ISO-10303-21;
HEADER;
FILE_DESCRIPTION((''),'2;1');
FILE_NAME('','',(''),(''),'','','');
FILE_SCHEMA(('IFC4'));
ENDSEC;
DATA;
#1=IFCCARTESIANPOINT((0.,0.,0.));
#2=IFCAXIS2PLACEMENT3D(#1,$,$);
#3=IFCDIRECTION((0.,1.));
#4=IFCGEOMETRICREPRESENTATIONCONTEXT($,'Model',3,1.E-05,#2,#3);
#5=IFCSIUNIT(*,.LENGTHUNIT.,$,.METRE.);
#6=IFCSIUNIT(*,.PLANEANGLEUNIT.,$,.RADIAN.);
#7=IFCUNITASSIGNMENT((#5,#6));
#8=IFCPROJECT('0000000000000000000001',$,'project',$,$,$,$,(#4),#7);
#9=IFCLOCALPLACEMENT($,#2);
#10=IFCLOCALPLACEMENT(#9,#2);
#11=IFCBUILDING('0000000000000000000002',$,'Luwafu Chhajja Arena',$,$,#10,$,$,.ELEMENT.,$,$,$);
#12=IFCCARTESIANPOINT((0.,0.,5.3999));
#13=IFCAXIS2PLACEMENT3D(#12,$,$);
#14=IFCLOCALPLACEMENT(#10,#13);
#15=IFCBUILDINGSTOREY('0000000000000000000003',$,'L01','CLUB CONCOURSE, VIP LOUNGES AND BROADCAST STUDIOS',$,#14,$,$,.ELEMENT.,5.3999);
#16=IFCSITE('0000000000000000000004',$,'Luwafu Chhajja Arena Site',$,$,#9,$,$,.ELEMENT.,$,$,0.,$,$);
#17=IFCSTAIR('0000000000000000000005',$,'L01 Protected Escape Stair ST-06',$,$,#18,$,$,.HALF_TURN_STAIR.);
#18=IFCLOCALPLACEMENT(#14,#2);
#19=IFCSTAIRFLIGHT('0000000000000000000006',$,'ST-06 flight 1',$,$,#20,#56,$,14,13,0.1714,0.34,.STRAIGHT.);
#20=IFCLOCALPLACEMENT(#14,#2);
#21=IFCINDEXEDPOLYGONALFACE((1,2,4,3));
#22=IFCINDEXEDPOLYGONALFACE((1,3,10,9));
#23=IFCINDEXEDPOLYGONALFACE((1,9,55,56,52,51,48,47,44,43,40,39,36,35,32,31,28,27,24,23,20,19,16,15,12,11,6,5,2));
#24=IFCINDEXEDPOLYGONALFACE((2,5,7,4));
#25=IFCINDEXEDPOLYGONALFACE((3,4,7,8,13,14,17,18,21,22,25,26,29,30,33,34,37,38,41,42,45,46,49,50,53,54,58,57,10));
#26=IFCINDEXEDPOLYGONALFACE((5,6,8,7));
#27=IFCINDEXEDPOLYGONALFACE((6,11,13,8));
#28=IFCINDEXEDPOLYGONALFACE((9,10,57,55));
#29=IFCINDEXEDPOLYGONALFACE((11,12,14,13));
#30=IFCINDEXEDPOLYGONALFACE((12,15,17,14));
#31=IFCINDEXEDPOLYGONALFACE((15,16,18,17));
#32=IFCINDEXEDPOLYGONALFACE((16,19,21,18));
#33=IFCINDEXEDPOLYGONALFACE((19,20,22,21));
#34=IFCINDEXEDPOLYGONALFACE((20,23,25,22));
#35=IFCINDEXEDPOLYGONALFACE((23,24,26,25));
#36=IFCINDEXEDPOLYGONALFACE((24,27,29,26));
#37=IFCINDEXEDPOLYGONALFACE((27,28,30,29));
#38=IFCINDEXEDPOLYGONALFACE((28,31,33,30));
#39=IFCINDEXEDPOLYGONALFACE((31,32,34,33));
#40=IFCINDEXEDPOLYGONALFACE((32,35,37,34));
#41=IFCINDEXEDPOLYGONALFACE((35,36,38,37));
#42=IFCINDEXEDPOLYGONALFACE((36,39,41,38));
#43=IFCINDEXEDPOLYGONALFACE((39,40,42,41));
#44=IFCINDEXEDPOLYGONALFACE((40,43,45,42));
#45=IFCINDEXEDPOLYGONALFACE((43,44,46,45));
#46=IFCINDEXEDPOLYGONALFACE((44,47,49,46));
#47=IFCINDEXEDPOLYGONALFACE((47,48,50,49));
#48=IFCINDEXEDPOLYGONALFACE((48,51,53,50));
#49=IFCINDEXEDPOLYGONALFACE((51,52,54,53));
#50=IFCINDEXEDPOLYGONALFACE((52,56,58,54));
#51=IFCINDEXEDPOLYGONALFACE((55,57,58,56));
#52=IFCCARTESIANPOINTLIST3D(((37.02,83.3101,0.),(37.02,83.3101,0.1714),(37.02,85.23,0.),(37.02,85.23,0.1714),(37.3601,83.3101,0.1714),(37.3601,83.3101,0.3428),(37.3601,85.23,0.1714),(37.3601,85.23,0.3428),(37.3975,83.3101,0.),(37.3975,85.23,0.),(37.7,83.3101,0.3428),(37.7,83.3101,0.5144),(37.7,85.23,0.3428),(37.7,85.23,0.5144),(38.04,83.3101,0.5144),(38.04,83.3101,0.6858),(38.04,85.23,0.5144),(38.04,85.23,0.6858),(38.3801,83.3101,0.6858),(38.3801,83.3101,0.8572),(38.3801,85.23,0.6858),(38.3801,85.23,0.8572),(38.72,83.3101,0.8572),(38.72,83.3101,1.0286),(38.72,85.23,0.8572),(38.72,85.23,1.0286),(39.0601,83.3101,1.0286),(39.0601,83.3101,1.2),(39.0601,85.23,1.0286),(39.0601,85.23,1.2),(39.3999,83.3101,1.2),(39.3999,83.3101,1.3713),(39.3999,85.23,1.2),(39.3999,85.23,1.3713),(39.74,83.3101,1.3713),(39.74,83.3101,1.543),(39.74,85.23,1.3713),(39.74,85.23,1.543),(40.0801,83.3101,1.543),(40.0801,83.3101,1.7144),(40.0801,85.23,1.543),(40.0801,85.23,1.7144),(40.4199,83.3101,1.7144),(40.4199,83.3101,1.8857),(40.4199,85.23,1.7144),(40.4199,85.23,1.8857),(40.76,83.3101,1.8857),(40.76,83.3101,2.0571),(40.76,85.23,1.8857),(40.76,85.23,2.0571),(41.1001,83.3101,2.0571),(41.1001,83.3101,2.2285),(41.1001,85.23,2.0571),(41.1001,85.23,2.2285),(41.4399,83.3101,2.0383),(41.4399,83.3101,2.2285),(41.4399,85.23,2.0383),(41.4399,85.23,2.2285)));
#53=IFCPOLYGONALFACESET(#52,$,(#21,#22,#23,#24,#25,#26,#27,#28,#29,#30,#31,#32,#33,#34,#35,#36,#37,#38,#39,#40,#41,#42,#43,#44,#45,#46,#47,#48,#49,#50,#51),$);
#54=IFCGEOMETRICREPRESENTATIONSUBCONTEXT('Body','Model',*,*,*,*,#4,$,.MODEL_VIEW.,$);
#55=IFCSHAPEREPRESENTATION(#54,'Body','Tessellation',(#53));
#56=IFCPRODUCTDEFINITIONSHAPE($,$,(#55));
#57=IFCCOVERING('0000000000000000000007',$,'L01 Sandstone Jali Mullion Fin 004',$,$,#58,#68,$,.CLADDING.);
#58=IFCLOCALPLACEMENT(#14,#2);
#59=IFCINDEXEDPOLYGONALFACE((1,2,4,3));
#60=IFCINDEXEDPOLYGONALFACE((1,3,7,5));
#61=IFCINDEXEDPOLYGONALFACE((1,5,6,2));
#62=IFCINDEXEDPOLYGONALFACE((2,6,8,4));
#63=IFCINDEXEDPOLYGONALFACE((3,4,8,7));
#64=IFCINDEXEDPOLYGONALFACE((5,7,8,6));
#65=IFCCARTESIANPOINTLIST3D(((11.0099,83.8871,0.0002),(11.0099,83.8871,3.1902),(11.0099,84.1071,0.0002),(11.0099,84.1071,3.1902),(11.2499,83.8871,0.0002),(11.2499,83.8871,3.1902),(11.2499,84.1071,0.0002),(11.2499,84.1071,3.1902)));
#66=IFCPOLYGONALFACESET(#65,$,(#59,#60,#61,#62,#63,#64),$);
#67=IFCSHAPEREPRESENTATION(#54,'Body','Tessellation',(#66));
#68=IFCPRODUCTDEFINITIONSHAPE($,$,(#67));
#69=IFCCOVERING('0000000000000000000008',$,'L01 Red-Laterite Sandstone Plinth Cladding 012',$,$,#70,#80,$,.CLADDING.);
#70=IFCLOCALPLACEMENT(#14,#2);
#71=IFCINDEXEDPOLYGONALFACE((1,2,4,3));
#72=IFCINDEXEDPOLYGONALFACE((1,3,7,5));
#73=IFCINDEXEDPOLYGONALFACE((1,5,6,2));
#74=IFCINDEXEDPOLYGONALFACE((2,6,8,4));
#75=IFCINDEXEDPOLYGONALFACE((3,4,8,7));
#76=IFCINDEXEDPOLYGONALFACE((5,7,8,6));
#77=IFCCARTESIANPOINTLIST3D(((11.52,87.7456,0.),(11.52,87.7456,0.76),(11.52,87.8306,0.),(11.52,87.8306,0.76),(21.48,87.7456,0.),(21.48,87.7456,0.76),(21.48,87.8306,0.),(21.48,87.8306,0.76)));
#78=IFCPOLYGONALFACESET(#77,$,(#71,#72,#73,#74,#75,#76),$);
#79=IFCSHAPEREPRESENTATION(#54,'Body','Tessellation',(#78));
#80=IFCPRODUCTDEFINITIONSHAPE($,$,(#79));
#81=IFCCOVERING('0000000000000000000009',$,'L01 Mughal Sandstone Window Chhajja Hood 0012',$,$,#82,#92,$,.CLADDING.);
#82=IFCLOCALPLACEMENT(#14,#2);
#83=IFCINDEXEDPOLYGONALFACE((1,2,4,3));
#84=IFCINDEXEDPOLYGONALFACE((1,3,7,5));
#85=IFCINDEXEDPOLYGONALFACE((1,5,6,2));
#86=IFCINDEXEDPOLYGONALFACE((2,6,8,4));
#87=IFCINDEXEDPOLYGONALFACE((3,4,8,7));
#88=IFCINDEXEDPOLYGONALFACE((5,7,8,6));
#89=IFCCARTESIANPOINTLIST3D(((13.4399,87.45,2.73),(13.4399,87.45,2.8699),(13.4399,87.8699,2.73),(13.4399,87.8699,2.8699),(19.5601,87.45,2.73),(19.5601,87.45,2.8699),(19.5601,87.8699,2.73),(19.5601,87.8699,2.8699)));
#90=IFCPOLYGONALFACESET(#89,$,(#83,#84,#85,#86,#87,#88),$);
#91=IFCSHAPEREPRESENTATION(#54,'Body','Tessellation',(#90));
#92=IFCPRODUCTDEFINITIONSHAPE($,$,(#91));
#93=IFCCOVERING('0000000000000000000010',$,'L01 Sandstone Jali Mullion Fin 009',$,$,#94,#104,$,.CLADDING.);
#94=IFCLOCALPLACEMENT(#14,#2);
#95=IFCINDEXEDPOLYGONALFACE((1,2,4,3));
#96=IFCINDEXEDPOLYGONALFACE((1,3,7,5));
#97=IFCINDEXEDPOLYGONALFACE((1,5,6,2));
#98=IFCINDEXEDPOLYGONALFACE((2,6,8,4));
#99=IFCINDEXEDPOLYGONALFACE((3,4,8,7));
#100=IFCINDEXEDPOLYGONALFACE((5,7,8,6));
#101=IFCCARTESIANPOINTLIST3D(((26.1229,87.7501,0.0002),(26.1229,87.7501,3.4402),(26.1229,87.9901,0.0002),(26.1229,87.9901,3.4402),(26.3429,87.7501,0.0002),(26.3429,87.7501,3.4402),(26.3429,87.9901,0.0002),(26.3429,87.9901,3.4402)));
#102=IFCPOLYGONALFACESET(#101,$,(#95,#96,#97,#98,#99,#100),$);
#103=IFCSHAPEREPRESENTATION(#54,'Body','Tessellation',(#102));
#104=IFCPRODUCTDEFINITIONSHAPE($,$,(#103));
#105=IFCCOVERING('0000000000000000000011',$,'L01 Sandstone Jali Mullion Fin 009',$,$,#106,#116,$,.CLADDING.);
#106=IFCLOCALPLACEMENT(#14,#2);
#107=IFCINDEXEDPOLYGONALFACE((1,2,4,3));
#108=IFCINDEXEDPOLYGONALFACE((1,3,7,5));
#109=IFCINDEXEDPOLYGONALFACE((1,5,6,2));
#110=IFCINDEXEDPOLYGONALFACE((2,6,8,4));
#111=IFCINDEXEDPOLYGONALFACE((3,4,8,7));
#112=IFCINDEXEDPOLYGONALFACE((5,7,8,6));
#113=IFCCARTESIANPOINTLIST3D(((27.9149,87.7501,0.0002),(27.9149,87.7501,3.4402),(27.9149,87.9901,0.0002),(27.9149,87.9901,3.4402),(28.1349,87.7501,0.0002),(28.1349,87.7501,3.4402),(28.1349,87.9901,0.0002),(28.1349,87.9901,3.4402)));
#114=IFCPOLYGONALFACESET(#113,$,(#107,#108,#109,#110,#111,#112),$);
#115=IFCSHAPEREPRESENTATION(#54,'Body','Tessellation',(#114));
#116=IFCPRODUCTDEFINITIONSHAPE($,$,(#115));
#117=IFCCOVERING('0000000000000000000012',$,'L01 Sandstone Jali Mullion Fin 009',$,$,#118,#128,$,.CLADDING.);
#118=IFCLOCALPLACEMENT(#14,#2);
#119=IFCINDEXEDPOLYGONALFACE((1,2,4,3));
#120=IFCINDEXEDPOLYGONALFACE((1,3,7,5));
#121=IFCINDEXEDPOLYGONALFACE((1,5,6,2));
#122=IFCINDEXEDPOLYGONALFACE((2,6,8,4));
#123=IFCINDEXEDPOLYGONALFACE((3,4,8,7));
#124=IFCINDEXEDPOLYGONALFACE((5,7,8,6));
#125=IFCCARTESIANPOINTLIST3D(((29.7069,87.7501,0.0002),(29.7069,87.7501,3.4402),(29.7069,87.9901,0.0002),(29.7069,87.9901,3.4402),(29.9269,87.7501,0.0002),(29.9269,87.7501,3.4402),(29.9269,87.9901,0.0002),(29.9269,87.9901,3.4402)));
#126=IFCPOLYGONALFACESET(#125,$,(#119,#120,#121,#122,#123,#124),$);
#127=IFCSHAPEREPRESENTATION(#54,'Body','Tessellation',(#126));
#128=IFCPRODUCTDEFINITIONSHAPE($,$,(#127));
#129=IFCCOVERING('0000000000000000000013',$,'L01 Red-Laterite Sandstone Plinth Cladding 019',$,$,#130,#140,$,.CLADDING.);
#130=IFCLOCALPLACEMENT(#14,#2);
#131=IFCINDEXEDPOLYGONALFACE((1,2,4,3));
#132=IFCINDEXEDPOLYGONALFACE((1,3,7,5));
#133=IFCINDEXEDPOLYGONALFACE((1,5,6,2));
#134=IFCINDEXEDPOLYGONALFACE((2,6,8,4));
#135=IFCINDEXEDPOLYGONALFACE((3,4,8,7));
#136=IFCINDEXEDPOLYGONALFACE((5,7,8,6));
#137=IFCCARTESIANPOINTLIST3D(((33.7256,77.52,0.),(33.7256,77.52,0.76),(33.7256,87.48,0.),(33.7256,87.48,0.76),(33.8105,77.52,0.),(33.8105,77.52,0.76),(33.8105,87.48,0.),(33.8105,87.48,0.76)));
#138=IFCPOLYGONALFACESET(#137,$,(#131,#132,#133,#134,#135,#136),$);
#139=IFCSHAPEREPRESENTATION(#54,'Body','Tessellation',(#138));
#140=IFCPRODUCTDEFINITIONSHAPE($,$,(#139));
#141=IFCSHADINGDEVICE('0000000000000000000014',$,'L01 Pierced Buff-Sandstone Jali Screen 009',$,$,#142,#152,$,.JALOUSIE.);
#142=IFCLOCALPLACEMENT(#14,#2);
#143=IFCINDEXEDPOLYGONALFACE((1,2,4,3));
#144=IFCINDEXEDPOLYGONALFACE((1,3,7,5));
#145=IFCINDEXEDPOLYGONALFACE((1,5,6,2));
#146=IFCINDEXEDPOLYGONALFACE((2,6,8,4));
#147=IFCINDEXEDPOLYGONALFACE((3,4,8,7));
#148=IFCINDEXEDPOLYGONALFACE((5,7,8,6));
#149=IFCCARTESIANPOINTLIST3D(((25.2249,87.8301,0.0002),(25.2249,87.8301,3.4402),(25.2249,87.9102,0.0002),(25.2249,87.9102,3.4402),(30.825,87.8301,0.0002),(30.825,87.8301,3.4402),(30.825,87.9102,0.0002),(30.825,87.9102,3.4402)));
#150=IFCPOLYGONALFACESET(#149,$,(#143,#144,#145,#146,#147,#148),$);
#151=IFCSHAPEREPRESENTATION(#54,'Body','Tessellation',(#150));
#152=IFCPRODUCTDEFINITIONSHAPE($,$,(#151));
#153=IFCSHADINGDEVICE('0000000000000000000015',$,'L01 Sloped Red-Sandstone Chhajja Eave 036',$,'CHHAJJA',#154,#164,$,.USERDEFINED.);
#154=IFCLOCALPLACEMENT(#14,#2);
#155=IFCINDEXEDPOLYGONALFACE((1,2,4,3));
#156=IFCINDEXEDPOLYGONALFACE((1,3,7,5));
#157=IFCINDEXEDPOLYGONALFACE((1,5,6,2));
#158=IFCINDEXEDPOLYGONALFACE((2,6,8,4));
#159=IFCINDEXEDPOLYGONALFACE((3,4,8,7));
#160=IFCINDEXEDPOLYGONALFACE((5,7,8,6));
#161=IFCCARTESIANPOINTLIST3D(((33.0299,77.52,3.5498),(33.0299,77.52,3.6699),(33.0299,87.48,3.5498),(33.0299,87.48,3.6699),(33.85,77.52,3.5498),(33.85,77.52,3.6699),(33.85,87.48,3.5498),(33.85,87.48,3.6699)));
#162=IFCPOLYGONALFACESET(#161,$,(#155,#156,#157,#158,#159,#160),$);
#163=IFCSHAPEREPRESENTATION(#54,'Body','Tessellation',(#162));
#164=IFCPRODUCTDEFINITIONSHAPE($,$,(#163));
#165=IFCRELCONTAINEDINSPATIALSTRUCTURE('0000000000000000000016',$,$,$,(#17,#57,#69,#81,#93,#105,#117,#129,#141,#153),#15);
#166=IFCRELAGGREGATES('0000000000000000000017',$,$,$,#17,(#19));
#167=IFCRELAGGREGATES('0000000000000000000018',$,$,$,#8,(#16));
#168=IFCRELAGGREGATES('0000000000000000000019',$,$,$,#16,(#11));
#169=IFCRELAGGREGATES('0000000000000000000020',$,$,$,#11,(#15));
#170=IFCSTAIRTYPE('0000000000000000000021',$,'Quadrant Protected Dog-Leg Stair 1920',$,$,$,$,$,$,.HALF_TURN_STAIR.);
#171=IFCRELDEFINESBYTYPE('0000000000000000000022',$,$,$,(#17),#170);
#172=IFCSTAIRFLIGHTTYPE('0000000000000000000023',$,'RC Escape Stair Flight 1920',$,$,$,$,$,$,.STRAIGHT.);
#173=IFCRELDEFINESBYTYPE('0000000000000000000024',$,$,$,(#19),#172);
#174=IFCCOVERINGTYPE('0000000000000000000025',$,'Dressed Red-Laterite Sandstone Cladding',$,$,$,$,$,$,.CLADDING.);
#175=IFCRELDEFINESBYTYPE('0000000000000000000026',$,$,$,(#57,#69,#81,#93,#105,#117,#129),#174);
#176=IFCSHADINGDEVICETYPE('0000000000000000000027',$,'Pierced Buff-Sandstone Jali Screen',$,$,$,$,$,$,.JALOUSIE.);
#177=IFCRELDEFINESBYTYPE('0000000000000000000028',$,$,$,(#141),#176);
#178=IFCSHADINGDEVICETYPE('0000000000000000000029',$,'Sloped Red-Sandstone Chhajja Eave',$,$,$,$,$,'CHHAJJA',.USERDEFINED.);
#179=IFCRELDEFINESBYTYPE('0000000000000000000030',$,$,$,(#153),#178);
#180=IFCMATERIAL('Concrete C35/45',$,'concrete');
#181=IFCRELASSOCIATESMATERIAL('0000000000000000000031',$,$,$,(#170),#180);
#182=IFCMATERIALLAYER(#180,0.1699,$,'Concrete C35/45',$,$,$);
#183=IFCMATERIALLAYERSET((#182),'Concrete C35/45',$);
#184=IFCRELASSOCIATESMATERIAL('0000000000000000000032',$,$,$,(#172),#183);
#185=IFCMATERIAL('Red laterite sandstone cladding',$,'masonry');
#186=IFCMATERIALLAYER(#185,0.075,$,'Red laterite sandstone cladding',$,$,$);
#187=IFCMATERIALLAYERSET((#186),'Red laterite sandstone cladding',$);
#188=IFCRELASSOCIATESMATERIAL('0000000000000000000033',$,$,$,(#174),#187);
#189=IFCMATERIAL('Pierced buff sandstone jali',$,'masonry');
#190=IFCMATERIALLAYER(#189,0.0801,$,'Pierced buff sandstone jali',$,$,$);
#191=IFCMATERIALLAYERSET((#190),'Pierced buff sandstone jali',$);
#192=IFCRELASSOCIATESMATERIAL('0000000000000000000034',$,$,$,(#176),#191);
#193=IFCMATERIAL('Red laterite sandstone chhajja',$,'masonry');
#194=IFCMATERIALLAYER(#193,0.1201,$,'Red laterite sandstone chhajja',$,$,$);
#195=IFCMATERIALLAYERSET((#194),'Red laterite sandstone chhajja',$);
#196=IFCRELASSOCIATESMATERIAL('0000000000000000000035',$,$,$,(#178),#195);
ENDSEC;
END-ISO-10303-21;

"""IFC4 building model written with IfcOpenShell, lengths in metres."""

from ifc_helpers import new_model, si_unit, direction, frame, origin, origin_2d, place, context, subcontext, project, spatial, polyline, rectangle, outline, extrude, material, layer, layer_set, type_object, element, aggregate, save


model = new_model("IFC4")

# Units and contexts
model_context = context("Model", 3, precision=1e-05, world=origin(), true_north=direction((0.0, 1.0)))
body_context = subcontext(model_context, "Body", "Model", "MODEL_VIEW")
ifc_project = project(units=[si_unit("LENGTHUNIT", "METRE"), si_unit("PLANEANGLEUNIT", "RADIAN")], contexts=[model_context])

# Site, building, storey
site_placement = place(None, origin())
site = spatial("IfcSite", under=ifc_project, at=site_placement, Name="Luwafu Chhajja Arena Site", CompositionType="ELEMENT", RefElevation=0.0)
building_placement = place(site_placement, origin())
building = spatial("IfcBuilding", under=site, at=building_placement, Name="Luwafu Chhajja Arena", CompositionType="ELEMENT")
storey_placement = place(building_placement, frame((0.0, 0.0, 5.3999)))
storey = spatial("IfcBuildingStorey", under=building, at=storey_placement, Name="L01", Description="CLUB CONCOURSE, VIP LOUNGES AND BROADCAST STUDIOS", CompositionType="ELEMENT", Elevation=5.3999)

# Shared definitions
ifc_material_1 = material(Name="Concrete C35/45", Category="concrete")

# Stair, stair flight
stair_type = type_object("IfcStairType", Name="Quadrant Protected Dog-Leg Stair 1920", PredefinedType="HALF_TURN_STAIR", material=ifc_material_1)
stair_placement = place(storey_placement, origin())
stair = element("IfcStair", 1, at=stair_placement, inside=storey, type_object=stair_type, Name="L01 Protected Escape Stair ST-06", PredefinedType="HALF_TURN_STAIR")
ifc_layer_1 = layer(ifc_material_1, 0.1699, Name="Concrete C35/45")
ifc_layer_set_1 = layer_set([ifc_layer_1], Name="Concrete C35/45")
stair_flight_type = type_object("IfcStairFlightType", Name="RC Escape Stair Flight 1920", PredefinedType="STRAIGHT", material=ifc_layer_set_1)
stair_flight_placement = place(storey_placement, frame((37.02, 84.27, 0.0), z_axis=(0.0, 0.0, 1.0), x_axis=(1.0, 0.0, 0.0)))
stair_flight = element("IfcStairFlight", 2, at=stair_flight_placement, type_object=stair_flight_type, Name="ST-06 flight 1", NumberOfRisers=14, NumberOfTreads=13, PredefinedType="STRAIGHT", RiserHeight=0.1714, TreadLength=0.34, context=body_context, shape_type="SweptSolid", body=[
    extrude(outline(polyline([(0.0, 0.0), (0.0, 0.1714), (0.3401, 0.1714), (0.3401, 0.3428), (0.6799, 0.3428), (0.6799, 0.5144), (1.02, 0.5144), (1.02, 0.6858), (1.3601, 0.6858), (1.3601, 0.8572), (1.7, 0.8572), (1.7, 1.0286), (2.04, 1.0286), (2.04, 1.2), (2.3799, 1.2), (2.3799, 1.3713), (2.72, 1.3713), (2.72, 1.543), (3.0601, 1.543), (3.0601, 1.7144), (3.3999, 1.7144), (3.3999, 1.8857), (3.74, 1.8857), (3.74, 2.0571), (4.0801, 2.0571), (4.0801, 2.2285), (4.4199, 2.2285), (4.4199, 2.3999), (4.4199, 2.0383), (0.3774, 0.0), (0.0, 0.0)])), frame((0.0, 0.96, 0.0), z_axis=(0.0, -1.0, 0.0), x_axis=(1.0, 0.0, 0.0)), (0.0, 0.0, 1.0), 1.9199),
])
aggregate(stair, [stair_flight])

# Coverings
ifc_material_2 = material(Name="Red laterite sandstone cladding", Category="masonry")
ifc_layer_2 = layer(ifc_material_2, 0.075, Name="Red laterite sandstone cladding")
ifc_layer_set_2 = layer_set([ifc_layer_2], Name="Red laterite sandstone cladding")
covering_type = type_object("IfcCoveringType", Name="Dressed Red-Laterite Sandstone Cladding", PredefinedType="CLADDING", material=ifc_layer_set_2)
covering_1_placement = place(storey_placement, frame((11.1299, 83.9971, 0.0002), z_axis=(0.0, 0.0, 1.0), x_axis=(0.0, 1.0, 0.0)))
element("IfcCovering", 3, at=covering_1_placement, inside=storey, type_object=covering_type, Name="L01 Sandstone Jali Mullion Fin 004", PredefinedType="CLADDING", context=body_context, shape_type="SweptSolid", body=[
    extrude(rectangle(XDim=0.22, YDim=0.24, at=origin_2d()), origin(), (0.0, 0.0, 1.0), 3.1899),
])
covering_2_placement = place(storey_placement, frame((16.5, 87.7881, 0.0), z_axis=(0.0, 0.0, 1.0), x_axis=(1.0, 0.0, 0.0)))
element("IfcCovering", 4, at=covering_2_placement, inside=storey, type_object=covering_type, Name="L01 Red-Laterite Sandstone Plinth Cladding 012", PredefinedType="CLADDING", context=body_context, shape_type="SweptSolid", body=[
    extrude(rectangle(XDim=9.96, YDim=0.085, at=origin_2d()), origin(), (0.0, 0.0, 1.0), 0.76),
])
covering_3_placement = place(storey_placement, frame((16.5, 87.6599, 2.73), z_axis=(0.0, 0.0, 1.0), x_axis=(1.0, 0.0, 0.0)))
element("IfcCovering", 5, at=covering_3_placement, inside=storey, type_object=covering_type, Name="L01 Mughal Sandstone Window Chhajja Hood 0012", PredefinedType="CLADDING", context=body_context, shape_type="SweptSolid", body=[
    extrude(rectangle(XDim=6.1201, YDim=0.4199, at=origin_2d()), origin(), (0.0, 0.0, 1.0), 0.1399),
])
for number, where, z_axis, x_axis, name in (
    (6, (26.2329, 87.8701, 0.0002), (0.0, 0.0, 1.0), (1.0, 0.0, 0.0), "L01 Sandstone Jali Mullion Fin 009"),
    (7, (28.0249, 87.8701, 0.0002), (0.0, 0.0, 1.0), (1.0, 0.0, 0.0), "L01 Sandstone Jali Mullion Fin 009"),
    (8, (29.8169, 87.8701, 0.0002), (0.0, 0.0, 1.0), (1.0, 0.0, 0.0), "L01 Sandstone Jali Mullion Fin 009"),
):
    element("IfcCovering", number, at=place(storey_placement, frame(where, z_axis=z_axis, x_axis=x_axis)), inside=storey, type_object=covering_type, Name=name, PredefinedType="CLADDING", context=body_context, shape_type="SweptSolid", body=[
        extrude(rectangle(XDim=0.22, YDim=0.24, at=origin_2d()), origin(), (0.0, 0.0, 1.0), 3.4399),
    ])
covering_4_placement = place(storey_placement, frame((33.7681, 82.5, 0.0), z_axis=(0.0, 0.0, 1.0), x_axis=(0.0, 1.0, 0.0)))
element("IfcCovering", 9, at=covering_4_placement, inside=storey, type_object=covering_type, Name="L01 Red-Laterite Sandstone Plinth Cladding 019", PredefinedType="CLADDING", context=body_context, shape_type="SweptSolid", body=[
    extrude(rectangle(XDim=9.96, YDim=0.085, at=origin_2d()), origin(), (0.0, 0.0, 1.0), 0.76),
])

# Shading devices
ifc_material_3 = material(Name="Pierced buff sandstone jali", Category="masonry")
ifc_layer_3 = layer(ifc_material_3, 0.0801, Name="Pierced buff sandstone jali")
ifc_layer_set_3 = layer_set([ifc_layer_3], Name="Pierced buff sandstone jali")
shading_device_type_1 = type_object("IfcShadingDeviceType", Name="Pierced Buff-Sandstone Jali Screen", PredefinedType="JALOUSIE", material=ifc_layer_set_3)
shading_device_1_placement = place(storey_placement, frame((28.0249, 87.8701, 0.0002), z_axis=(0.0, 0.0, 1.0), x_axis=(1.0, 0.0, 0.0)))
element("IfcShadingDevice", 10, at=shading_device_1_placement, inside=storey, type_object=shading_device_type_1, Name="L01 Pierced Buff-Sandstone Jali Screen 009", PredefinedType="JALOUSIE", context=body_context, shape_type="SweptSolid", body=[
    extrude(rectangle(XDim=5.6001, YDim=0.0801, at=origin_2d()), origin(), (0.0, 0.0, 1.0), 3.4399),
])
ifc_material_4 = material(Name="Red laterite sandstone chhajja", Category="masonry")
ifc_layer_4 = layer(ifc_material_4, 0.1201, Name="Red laterite sandstone chhajja")
ifc_layer_set_4 = layer_set([ifc_layer_4], Name="Red laterite sandstone chhajja")
shading_device_type_2 = type_object("IfcShadingDeviceType", Name="Sloped Red-Sandstone Chhajja Eave", ElementType="CHHAJJA", PredefinedType="USERDEFINED", material=ifc_layer_set_4)
shading_device_2_placement = place(storey_placement, frame((33.4399, 82.5, 3.5498), z_axis=(0.0, 0.0, 1.0), x_axis=(0.0, 1.0, 0.0)))
element("IfcShadingDevice", 11, at=shading_device_2_placement, inside=storey, type_object=shading_device_type_2, Name="L01 Sloped Red-Sandstone Chhajja Eave 036", ObjectType="CHHAJJA", PredefinedType="USERDEFINED", context=body_context, shape_type="SweptSolid", body=[
    extrude(rectangle(XDim=9.96, YDim=0.8201, at=origin_2d()), origin(), (0.0, 0.0, 1.0), 0.1201),
])

save(model, "model.ifc")
